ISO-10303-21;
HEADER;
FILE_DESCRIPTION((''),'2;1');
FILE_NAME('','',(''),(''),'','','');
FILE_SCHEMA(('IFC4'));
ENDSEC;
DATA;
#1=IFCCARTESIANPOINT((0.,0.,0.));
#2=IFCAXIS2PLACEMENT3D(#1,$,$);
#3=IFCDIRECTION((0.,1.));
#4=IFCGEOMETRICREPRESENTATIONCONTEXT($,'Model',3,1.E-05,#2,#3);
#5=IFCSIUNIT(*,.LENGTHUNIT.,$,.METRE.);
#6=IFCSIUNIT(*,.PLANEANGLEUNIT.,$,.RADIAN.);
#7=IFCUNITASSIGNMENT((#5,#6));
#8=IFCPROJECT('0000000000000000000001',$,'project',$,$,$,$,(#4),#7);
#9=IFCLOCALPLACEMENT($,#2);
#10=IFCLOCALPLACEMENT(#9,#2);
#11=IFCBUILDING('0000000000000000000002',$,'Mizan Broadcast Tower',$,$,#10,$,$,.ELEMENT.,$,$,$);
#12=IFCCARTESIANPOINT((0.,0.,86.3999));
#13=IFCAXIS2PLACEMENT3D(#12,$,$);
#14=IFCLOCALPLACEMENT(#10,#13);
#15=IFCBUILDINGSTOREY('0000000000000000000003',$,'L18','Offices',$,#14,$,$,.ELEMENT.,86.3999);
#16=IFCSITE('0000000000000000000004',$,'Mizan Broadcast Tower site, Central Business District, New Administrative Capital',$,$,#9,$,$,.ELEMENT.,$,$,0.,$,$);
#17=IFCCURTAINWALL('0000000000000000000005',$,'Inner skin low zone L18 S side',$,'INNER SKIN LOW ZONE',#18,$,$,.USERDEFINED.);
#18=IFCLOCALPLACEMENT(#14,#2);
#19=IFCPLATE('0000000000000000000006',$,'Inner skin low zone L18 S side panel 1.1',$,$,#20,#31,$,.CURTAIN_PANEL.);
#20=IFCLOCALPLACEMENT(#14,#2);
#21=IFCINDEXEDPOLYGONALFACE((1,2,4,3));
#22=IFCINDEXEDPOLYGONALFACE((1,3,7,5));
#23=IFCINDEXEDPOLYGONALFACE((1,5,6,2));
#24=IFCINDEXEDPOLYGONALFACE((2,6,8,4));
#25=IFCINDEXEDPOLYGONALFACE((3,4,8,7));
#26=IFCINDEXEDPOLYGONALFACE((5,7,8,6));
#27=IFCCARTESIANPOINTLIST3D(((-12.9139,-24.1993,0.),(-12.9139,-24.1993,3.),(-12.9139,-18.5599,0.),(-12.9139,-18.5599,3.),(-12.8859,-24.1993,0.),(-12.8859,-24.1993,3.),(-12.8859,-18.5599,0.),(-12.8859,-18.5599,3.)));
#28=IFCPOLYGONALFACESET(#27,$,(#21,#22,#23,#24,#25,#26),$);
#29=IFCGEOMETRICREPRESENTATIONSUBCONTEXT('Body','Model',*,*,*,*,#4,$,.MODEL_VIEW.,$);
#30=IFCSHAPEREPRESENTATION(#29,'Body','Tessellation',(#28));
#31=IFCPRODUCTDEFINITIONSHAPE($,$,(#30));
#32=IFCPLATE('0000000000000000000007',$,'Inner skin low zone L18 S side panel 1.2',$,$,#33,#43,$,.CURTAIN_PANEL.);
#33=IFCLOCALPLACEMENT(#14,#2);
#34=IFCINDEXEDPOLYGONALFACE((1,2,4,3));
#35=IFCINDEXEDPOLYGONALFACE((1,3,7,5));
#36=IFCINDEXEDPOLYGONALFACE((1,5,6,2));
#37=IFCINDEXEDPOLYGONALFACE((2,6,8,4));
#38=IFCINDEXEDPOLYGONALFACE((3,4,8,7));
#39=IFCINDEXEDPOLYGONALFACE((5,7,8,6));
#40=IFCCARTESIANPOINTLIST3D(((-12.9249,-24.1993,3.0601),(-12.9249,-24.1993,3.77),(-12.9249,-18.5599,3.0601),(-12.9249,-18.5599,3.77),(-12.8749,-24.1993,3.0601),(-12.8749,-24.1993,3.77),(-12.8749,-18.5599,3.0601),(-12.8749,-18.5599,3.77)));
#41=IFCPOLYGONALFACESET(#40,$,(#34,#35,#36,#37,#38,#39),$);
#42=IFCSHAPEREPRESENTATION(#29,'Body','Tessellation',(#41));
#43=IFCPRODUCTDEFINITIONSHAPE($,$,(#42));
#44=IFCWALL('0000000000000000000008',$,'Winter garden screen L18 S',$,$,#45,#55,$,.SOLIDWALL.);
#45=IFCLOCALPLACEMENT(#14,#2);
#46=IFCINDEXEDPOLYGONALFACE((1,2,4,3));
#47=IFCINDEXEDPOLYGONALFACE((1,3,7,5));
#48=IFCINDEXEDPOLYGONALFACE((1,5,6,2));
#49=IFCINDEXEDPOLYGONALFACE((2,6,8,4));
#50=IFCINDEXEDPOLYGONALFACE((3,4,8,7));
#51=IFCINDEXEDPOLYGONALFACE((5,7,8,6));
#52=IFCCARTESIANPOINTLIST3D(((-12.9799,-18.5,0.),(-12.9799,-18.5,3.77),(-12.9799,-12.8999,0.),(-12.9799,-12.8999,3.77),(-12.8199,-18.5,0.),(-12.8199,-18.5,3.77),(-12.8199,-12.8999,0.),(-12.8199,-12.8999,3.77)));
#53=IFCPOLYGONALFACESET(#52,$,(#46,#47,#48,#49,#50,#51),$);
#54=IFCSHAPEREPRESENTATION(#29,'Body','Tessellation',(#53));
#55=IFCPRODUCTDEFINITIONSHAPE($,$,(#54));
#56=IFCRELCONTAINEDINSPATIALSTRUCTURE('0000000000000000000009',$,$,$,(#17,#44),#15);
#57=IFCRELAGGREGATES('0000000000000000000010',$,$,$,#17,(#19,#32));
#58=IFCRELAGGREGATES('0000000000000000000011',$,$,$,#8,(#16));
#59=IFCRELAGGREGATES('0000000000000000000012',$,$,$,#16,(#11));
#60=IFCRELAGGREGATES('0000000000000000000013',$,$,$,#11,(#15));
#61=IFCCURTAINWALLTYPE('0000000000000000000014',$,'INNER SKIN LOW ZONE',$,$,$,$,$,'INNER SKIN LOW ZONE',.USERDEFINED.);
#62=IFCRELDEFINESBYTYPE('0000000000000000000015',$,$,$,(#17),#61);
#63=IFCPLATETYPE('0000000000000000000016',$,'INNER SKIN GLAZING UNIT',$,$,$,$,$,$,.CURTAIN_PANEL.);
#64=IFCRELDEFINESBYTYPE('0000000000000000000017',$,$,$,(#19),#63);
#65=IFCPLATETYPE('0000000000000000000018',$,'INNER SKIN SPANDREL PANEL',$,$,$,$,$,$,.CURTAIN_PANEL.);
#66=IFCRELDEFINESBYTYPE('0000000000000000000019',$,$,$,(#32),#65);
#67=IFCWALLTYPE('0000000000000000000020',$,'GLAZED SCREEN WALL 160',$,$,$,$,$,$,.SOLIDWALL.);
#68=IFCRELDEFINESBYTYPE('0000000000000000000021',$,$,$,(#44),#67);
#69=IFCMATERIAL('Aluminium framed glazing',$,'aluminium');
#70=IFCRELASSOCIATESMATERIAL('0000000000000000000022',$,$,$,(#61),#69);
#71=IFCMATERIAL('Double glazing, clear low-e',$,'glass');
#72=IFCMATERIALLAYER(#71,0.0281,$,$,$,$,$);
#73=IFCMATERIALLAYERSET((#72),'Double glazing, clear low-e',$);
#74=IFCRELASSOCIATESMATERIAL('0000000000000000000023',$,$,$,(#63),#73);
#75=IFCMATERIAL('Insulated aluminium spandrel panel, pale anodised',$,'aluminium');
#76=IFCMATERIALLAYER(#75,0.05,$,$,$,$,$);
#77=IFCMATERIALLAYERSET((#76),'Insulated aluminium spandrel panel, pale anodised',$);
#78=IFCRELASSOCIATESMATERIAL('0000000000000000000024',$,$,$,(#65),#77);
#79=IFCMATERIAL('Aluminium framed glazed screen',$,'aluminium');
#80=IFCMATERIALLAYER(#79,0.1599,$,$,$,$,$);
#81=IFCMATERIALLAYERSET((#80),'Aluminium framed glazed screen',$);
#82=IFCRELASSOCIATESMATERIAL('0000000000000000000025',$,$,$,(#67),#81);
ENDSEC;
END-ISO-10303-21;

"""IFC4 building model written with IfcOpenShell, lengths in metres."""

from ifc_helpers import new_model, si_unit, direction, frame, frame_2d, origin, origin_2d, place, context, subcontext, project, spatial, rectangle, extrude, material, layer, layer_set, type_object, element, aggregate, save


model = new_model("IFC4")

# Units and contexts
model_context = context("Model", 3, precision=1e-05, world=origin(), true_north=direction((0.0, 1.0)))
body_context = subcontext(model_context, "Body", "Model", "MODEL_VIEW")
ifc_project = project(units=[si_unit("LENGTHUNIT", "METRE"), si_unit("PLANEANGLEUNIT", "RADIAN")], contexts=[model_context])

# Site, building, storey
site_placement = place(None, origin())
site = spatial("IfcSite", under=ifc_project, at=site_placement, Name="Mizan Broadcast Tower site, Central Business District, New Administrative Capital", CompositionType="ELEMENT", RefElevation=0.0)
building_placement = place(site_placement, origin())
building = spatial("IfcBuilding", under=site, at=building_placement, Name="Mizan Broadcast Tower", CompositionType="ELEMENT")
storey_placement = place(building_placement, frame((0.0, 0.0, 86.3999)))
storey = spatial("IfcBuildingStorey", under=building, at=storey_placement, Name="L18", Description="Offices", CompositionType="ELEMENT", Elevation=86.3999)

# Curtain wall
ifc_material_1 = material(Name="Aluminium framed glazing", Category="aluminium")
curtain_wall_type_1 = type_object("IfcCurtainWallType", Name="INNER SKIN LOW ZONE", ElementType="INNER SKIN LOW ZONE", PredefinedType="USERDEFINED", material=ifc_material_1)
curtain_wall_1_placement = place(storey_placement, origin())
curtain_wall_1 = element("IfcCurtainWall", 1, at=curtain_wall_1_placement, inside=storey, type_object=curtain_wall_type_1, Name="Inner skin low zone L18 S side", ObjectType="INNER SKIN LOW ZONE", PredefinedType="USERDEFINED")

# Plates
ifc_material_2 = material(Name="Double glazing, clear low-e", Category="glass")
ifc_layer_1 = layer(ifc_material_2, 0.0281)
ifc_layer_set_1 = layer_set([ifc_layer_1], Name="Double glazing, clear low-e")
plate_type_1 = type_object("IfcPlateType", Name="INNER SKIN GLAZING UNIT", PredefinedType="CURTAIN_PANEL", material=ifc_layer_set_1)
plate_1_placement = place(storey_placement, frame((-12.8999, -21.3796, 0.0), z_axis=(0.0, 0.0, 1.0), x_axis=(0.0, -1.0, 0.0)))
plate_1 = element("IfcPlate", 2, at=plate_1_placement, type_object=plate_type_1, Name="Inner skin low zone L18 S side panel 1.1", PredefinedType="CURTAIN_PANEL", context=body_context, shape_type="SweptSolid", body=[
    extrude(rectangle(XDim=5.6394, YDim=0.0281, at=origin_2d()), origin(), (0.0, 0.0, 1.0), 3.0),
])
ifc_material_3 = material(Name="Insulated aluminium spandrel panel, pale anodised", Category="aluminium")
ifc_layer_2 = layer(ifc_material_3, 0.05)
ifc_layer_set_2 = layer_set([ifc_layer_2], Name="Insulated aluminium spandrel panel, pale anodised")
plate_type_2 = type_object("IfcPlateType", Name="INNER SKIN SPANDREL PANEL", PredefinedType="CURTAIN_PANEL", material=ifc_layer_set_2)
plate_2_placement = place(storey_placement, frame((-12.8999, -21.3796, 3.0601), z_axis=(0.0, 0.0, 1.0), x_axis=(0.0, -1.0, 0.0)))
plate_2 = element("IfcPlate", 3, at=plate_2_placement, type_object=plate_type_2, Name="Inner skin low zone L18 S side panel 1.2", PredefinedType="CURTAIN_PANEL", context=body_context, shape_type="SweptSolid", body=[
    extrude(rectangle(XDim=5.6394, YDim=0.05, at=origin_2d()), origin(), (0.0, 0.0, 1.0), 0.71),
])
aggregate(curtain_wall_1, [plate_1, plate_2])

# Wall
ifc_material_4 = material(Name="Aluminium framed glazed screen", Category="aluminium")
ifc_layer_3 = layer(ifc_material_4, 0.1599)
ifc_layer_set_3 = layer_set([ifc_layer_3], Name="Aluminium framed glazed screen")
wall_type = type_object("IfcWallType", Name="GLAZED SCREEN WALL 160", PredefinedType="SOLIDWALL", material=ifc_layer_set_3)
wall_placement = place(storey_placement, frame((-12.8999, -12.8999, 0.0), z_axis=(0.0, 0.0, 1.0), x_axis=(0.0, -1.0, 0.0)))
element("IfcWall", 4, at=wall_placement, inside=storey, type_object=wall_type, Name="Winter garden screen L18 S", PredefinedType="SOLIDWALL", context=body_context, shape_type="SweptSolid", body=[
    extrude(rectangle(XDim=5.6001, YDim=0.1599, at=frame_2d((2.8, 0.0))), origin(), (0.0, 0.0, 1.0), 3.77),
])

save(model, "model.ifc")
